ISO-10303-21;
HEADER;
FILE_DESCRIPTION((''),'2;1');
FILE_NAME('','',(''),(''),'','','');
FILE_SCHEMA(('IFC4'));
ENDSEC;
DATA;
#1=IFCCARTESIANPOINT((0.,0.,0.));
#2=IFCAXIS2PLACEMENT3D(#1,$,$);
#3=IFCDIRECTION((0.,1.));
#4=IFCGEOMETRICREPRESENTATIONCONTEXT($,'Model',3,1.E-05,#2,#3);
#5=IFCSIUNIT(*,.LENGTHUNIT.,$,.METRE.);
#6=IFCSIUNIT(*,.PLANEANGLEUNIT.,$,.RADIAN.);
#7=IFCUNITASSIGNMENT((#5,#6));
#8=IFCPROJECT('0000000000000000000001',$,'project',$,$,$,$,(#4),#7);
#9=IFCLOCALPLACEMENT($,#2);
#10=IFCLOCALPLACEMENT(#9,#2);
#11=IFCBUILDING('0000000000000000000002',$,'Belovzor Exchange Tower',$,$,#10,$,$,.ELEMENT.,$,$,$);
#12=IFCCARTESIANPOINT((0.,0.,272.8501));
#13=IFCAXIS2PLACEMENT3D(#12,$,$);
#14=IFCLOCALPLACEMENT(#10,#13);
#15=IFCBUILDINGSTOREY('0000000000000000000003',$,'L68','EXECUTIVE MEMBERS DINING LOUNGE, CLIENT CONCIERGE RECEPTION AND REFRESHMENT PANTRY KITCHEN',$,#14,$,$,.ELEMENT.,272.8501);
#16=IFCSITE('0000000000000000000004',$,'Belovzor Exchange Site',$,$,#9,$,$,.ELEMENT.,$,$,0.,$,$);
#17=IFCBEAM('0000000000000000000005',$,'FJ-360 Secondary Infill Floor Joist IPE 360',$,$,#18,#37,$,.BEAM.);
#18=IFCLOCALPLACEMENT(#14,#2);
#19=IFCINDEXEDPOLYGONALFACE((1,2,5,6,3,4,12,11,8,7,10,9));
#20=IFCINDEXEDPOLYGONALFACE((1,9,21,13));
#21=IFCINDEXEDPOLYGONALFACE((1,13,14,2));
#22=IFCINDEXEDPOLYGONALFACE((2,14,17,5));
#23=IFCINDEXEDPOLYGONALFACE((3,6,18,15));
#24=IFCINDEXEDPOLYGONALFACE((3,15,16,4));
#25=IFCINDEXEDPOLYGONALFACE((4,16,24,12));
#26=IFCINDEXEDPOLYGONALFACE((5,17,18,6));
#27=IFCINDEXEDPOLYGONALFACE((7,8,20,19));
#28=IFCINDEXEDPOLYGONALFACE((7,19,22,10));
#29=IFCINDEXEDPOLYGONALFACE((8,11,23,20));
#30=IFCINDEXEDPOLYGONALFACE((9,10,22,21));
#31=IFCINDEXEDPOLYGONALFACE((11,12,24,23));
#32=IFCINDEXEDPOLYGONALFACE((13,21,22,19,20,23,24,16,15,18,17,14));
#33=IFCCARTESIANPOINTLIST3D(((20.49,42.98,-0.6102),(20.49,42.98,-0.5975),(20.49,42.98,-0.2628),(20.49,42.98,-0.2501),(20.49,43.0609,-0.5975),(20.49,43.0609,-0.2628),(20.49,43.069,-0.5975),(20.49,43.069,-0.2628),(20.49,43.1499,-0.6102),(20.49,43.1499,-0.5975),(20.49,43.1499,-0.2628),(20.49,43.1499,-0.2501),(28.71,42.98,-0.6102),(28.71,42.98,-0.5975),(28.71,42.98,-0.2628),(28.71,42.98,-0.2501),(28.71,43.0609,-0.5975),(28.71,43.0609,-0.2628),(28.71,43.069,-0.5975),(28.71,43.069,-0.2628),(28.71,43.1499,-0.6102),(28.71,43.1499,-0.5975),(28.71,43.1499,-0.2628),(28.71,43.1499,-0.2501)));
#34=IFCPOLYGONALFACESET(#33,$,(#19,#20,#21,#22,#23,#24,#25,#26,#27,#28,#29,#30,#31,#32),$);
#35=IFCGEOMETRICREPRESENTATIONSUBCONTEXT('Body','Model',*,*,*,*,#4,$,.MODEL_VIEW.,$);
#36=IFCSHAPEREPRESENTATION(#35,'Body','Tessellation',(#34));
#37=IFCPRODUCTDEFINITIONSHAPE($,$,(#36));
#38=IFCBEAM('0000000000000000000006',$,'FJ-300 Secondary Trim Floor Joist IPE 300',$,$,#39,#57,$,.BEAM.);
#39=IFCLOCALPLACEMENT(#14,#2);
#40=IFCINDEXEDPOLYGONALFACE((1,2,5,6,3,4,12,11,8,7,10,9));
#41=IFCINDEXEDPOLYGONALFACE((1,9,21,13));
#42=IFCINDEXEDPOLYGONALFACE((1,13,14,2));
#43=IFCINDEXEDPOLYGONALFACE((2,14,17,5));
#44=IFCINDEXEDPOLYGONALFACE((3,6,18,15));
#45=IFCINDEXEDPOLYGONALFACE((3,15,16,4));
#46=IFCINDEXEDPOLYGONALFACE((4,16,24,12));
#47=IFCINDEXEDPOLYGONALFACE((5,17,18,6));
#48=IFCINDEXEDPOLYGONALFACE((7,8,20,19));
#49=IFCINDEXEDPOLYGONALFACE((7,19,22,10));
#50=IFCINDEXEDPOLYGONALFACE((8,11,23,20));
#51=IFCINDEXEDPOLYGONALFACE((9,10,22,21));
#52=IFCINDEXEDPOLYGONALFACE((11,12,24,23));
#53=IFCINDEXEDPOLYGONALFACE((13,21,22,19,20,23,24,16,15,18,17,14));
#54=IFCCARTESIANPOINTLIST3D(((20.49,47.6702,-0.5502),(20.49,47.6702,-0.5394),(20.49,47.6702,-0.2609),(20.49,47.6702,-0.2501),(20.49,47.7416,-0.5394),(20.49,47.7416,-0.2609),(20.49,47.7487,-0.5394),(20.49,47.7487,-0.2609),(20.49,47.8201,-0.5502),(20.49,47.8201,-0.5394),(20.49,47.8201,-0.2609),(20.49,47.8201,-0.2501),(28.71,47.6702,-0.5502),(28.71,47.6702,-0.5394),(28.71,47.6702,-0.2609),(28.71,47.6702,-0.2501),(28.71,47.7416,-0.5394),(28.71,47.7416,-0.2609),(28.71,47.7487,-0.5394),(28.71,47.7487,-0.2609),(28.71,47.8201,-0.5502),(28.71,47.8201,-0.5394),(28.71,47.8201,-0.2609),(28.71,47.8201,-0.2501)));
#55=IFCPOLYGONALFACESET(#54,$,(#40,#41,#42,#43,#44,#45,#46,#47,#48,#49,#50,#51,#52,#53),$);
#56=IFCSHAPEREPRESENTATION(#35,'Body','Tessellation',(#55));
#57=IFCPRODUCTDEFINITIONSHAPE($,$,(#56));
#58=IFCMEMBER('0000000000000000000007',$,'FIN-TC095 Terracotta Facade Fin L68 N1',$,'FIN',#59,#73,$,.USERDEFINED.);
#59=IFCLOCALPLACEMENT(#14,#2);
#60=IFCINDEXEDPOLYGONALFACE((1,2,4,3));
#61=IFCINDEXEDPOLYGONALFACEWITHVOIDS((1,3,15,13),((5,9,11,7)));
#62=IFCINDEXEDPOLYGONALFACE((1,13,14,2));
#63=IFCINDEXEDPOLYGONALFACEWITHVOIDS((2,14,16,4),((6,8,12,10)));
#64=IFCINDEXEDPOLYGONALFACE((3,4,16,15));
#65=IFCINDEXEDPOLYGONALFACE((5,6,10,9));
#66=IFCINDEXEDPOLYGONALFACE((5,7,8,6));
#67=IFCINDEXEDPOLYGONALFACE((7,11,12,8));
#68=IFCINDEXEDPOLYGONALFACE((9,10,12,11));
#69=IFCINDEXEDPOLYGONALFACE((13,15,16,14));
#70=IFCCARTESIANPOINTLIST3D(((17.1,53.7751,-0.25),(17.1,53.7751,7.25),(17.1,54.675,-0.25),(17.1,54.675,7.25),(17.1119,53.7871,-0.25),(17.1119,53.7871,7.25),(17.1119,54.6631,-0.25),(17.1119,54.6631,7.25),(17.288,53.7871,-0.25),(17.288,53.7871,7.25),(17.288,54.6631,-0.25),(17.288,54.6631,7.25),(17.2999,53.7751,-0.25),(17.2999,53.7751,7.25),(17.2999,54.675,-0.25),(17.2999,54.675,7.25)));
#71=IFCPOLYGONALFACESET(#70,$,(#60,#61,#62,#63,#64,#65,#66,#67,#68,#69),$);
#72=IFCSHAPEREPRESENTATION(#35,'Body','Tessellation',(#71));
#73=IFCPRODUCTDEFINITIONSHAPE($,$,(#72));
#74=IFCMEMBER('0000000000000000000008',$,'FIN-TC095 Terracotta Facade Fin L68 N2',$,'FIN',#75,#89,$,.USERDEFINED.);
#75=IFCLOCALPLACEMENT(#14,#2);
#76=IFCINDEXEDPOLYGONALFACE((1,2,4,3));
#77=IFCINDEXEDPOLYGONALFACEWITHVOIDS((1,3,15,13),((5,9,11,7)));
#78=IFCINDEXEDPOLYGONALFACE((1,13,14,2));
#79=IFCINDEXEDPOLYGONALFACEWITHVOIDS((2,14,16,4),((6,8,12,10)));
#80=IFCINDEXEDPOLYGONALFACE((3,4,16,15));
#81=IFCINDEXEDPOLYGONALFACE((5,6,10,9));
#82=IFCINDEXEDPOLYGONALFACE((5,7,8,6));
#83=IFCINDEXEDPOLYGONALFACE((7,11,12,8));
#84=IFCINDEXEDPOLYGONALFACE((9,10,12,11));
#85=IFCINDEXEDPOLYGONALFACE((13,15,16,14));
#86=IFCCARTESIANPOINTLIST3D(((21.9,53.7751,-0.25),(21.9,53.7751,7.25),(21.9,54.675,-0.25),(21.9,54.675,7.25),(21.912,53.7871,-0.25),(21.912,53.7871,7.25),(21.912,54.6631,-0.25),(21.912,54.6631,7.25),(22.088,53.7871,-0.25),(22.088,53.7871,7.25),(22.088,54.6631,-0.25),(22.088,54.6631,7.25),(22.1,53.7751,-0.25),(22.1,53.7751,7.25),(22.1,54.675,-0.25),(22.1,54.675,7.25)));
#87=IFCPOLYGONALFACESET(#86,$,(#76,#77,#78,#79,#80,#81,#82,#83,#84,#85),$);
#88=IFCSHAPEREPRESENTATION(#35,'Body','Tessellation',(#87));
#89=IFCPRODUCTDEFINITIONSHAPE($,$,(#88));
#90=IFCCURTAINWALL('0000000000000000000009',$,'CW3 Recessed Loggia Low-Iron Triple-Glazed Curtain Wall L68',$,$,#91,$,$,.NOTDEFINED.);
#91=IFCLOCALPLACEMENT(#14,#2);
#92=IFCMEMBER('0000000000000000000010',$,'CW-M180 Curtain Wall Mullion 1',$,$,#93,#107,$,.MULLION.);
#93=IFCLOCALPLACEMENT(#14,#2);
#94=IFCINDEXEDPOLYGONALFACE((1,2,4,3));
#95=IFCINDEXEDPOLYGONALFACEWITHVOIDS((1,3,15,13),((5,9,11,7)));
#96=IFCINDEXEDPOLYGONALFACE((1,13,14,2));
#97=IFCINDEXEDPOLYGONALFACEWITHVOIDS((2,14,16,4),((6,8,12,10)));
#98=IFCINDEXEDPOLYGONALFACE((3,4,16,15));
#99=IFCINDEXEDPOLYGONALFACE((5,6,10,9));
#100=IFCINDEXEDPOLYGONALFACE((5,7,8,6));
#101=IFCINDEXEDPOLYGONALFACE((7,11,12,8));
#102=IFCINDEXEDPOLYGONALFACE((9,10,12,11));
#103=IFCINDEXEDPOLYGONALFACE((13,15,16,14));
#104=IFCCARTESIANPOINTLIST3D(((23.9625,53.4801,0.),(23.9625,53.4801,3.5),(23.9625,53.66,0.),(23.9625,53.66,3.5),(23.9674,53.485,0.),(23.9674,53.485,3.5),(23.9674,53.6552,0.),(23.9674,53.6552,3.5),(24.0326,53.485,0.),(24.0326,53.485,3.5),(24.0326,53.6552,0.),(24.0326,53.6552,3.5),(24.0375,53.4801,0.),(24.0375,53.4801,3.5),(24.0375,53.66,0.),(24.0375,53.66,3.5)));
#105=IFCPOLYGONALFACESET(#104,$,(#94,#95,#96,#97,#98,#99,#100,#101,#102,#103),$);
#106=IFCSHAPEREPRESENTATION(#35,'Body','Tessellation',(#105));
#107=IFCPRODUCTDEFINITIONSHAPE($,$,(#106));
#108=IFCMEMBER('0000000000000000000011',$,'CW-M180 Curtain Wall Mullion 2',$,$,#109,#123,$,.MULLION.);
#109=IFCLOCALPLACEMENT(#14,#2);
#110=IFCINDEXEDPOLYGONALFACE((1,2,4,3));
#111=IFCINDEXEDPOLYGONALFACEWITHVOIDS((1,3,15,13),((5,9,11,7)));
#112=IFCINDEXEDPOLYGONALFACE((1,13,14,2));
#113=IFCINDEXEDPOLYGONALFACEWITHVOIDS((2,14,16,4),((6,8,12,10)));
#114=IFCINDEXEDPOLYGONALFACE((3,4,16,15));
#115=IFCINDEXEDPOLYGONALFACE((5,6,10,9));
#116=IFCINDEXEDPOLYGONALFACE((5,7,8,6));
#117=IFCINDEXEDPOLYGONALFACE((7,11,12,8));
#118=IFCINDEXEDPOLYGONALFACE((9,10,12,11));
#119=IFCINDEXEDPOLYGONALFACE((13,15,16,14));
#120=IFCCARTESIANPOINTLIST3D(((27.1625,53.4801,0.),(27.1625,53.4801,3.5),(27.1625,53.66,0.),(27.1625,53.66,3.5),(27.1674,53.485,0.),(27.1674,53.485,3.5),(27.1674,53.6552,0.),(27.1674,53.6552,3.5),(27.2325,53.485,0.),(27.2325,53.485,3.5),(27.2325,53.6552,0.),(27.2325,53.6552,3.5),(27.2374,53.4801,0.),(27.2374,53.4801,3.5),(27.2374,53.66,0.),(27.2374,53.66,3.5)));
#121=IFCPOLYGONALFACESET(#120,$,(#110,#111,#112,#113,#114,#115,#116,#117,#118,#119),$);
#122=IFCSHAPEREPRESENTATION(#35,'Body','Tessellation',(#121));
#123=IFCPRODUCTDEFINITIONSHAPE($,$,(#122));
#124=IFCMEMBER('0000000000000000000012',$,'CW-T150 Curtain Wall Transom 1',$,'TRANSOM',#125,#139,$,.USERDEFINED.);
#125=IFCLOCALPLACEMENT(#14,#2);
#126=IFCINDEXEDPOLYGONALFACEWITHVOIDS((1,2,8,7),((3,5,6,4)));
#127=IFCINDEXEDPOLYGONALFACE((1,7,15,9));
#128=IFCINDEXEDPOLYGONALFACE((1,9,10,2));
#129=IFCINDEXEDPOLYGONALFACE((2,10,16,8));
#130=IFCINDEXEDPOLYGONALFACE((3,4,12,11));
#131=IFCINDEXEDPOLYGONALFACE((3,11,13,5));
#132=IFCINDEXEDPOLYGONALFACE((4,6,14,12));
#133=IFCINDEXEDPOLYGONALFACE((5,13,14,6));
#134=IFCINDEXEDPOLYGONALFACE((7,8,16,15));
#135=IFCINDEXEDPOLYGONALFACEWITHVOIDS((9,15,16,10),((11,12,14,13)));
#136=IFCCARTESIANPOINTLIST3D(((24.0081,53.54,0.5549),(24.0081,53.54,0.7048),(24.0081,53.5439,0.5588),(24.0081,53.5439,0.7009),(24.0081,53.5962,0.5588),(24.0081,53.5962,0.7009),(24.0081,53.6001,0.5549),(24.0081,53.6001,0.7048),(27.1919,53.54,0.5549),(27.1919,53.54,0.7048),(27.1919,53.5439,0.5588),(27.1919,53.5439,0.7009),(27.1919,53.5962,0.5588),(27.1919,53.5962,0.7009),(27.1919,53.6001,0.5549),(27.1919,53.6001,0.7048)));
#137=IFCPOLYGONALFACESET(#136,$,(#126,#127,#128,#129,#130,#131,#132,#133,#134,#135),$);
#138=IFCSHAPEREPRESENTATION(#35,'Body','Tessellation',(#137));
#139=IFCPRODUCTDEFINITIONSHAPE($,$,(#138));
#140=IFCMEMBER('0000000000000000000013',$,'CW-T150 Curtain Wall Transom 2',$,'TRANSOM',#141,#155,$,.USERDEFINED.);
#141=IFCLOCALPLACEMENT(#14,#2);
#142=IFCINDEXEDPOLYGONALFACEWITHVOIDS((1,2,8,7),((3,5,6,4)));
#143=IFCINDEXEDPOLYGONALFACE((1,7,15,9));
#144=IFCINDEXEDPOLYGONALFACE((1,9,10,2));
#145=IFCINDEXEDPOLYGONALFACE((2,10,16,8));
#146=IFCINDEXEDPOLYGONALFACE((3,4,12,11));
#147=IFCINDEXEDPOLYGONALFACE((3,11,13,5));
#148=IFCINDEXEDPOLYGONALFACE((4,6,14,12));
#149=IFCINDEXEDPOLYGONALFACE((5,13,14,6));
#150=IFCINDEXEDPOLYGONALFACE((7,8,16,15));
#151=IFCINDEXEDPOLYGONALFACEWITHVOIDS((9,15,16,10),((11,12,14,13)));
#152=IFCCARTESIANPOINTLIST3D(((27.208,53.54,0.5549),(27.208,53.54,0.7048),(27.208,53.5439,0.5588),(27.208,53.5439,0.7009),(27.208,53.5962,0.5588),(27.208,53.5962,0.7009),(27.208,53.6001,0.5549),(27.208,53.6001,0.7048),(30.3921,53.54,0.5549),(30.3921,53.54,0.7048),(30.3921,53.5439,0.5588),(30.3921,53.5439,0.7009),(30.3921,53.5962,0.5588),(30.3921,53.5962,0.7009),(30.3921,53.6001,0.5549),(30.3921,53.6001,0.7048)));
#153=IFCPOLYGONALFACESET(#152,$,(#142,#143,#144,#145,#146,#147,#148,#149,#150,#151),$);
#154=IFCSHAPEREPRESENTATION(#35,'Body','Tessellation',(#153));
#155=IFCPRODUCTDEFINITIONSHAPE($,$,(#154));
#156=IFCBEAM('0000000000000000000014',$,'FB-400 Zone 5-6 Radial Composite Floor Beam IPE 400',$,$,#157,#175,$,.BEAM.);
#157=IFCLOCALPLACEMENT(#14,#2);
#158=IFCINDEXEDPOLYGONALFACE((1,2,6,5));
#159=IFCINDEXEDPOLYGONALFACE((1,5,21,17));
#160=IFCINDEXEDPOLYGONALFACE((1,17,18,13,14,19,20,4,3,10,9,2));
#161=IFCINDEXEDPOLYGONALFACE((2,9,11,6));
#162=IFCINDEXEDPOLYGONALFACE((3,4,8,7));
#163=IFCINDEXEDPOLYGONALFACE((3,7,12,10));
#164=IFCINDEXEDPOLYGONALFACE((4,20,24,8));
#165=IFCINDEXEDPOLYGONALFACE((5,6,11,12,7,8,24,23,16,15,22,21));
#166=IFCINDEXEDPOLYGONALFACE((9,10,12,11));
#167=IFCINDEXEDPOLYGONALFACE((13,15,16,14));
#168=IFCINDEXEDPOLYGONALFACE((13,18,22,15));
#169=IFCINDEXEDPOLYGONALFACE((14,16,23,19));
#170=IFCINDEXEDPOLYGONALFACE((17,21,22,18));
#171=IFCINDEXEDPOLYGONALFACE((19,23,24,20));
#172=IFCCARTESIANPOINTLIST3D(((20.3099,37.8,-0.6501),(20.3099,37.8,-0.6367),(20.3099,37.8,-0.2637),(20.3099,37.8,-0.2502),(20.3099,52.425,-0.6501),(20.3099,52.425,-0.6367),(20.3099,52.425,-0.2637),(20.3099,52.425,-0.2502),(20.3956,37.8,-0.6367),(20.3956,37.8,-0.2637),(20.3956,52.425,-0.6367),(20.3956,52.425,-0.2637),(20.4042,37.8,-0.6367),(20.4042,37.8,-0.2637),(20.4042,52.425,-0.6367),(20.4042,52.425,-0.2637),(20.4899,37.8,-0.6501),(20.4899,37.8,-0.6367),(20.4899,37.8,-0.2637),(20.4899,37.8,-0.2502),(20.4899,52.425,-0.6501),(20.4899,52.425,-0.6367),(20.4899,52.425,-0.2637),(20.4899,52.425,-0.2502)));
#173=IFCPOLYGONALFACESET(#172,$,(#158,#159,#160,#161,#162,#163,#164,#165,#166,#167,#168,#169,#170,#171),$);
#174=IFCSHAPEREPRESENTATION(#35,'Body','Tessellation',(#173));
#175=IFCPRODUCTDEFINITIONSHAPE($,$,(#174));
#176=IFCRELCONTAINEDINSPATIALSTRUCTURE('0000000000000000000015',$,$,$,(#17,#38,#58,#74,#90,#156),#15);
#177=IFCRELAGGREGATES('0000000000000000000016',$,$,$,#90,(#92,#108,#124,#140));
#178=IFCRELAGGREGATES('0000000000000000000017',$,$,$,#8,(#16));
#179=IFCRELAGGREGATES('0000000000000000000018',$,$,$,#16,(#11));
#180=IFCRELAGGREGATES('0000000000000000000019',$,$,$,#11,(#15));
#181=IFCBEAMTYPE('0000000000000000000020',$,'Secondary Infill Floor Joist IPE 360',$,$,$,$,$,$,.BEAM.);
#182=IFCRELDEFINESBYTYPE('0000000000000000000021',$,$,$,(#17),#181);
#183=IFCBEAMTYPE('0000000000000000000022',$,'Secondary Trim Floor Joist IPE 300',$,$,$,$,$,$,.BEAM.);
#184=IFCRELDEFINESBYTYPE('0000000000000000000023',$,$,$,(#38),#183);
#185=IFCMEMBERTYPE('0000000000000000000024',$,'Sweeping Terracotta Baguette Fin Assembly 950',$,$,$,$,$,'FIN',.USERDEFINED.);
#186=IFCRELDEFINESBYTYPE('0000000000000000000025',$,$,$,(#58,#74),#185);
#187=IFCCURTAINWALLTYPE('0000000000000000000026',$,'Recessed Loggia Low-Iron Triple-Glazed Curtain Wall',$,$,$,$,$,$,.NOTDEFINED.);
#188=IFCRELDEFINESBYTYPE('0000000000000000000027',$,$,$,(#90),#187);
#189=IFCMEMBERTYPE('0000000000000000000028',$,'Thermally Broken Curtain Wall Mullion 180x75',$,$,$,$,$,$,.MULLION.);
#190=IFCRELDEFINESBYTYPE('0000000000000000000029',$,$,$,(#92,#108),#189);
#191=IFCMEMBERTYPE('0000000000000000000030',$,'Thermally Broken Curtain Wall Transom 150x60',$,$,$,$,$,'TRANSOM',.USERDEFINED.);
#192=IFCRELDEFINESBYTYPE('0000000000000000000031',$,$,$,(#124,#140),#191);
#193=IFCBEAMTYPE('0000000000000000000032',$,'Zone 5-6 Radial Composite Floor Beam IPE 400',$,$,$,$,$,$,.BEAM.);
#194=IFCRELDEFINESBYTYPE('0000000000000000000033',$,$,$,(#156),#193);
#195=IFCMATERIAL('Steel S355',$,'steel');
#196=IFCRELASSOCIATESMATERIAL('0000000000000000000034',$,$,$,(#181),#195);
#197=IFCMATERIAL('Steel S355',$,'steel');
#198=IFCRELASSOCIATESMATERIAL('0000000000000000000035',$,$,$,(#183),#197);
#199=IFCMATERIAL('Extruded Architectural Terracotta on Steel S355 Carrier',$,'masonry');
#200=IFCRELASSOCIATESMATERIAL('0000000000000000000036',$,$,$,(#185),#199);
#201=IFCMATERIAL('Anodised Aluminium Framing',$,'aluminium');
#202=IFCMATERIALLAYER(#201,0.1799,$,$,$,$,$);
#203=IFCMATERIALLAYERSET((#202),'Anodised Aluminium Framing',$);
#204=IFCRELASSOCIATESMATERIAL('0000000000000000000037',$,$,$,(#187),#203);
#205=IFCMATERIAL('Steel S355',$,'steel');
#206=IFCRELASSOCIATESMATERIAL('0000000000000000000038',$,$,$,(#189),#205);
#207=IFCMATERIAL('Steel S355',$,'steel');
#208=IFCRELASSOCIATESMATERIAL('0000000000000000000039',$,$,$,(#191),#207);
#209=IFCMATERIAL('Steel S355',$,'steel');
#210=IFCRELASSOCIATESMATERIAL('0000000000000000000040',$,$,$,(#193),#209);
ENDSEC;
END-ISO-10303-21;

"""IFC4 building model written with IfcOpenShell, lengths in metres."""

from ifc_helpers import new_model, si_unit, direction, frame, origin, origin_2d, place, context, subcontext, project, spatial, hollow_rectangle, i_section, extrude, material, layer, layer_set, material_profile, profile_set, type_object, element, aggregate, save


model = new_model("IFC4")

# Units and contexts
model_context = context("Model", 3, precision=1e-05, world=origin(), true_north=direction((0.0, 1.0)))
body_context = subcontext(model_context, "Body", "Model", "MODEL_VIEW")
ifc_project = project(units=[si_unit("LENGTHUNIT", "METRE"), si_unit("PLANEANGLEUNIT", "RADIAN")], contexts=[model_context])

# Site, building, storey
site_placement = place(None, origin())
site = spatial("IfcSite", under=ifc_project, at=site_placement, Name="Belovzor Exchange Site", CompositionType="ELEMENT", RefElevation=0.0)
building_placement = place(site_placement, origin())
building = spatial("IfcBuilding", under=site, at=building_placement, Name="Belovzor Exchange Tower", CompositionType="ELEMENT")
storey_placement = place(building_placement, frame((0.0, 0.0, 272.8501)))
storey = spatial("IfcBuildingStorey", under=building, at=storey_placement, Name="L68", Description="EXECUTIVE MEMBERS DINING LOUNGE, CLIENT CONCIERGE RECEPTION AND REFRESHMENT PANTRY KITCHEN", CompositionType="ELEMENT", Elevation=272.8501)

# Beams
ifc_material_1 = material(Name="Steel S355", Category="steel")
ifc_material_profile_1 = material_profile(ifc_material_1, i_section(OverallWidth=0.1699, OverallDepth=0.3601, WebThickness=0.0081, FlangeThickness=0.0127, at=origin_2d()))
ifc_profile_set_1 = profile_set([ifc_material_profile_1], Name="Steel S355")
beam_type_1 = type_object("IfcBeamType", Name="Secondary Infill Floor Joist IPE 360", PredefinedType="BEAM", material=ifc_profile_set_1)
beam_1_placement = place(storey_placement, frame((20.49, 43.0649, -0.4302), z_axis=(1.0, 0.0, 0.0), x_axis=(0.0, 1.0, 0.0)))
element("IfcBeam", 1, at=beam_1_placement, inside=storey, type_object=beam_type_1, Name="FJ-360 Secondary Infill Floor Joist IPE 360", PredefinedType="BEAM", context=body_context, shape_type="SweptSolid", body=[
    extrude(i_section(OverallWidth=0.1699, OverallDepth=0.3601, WebThickness=0.0081, FlangeThickness=0.0127, at=origin_2d()), origin(), (0.0, 0.0, 1.0), 8.22),
])
ifc_material_2 = material(Name="Steel S355", Category="steel")
ifc_material_profile_2 = material_profile(ifc_material_2, i_section(OverallWidth=0.1499, OverallDepth=0.3, WebThickness=0.0071, FlangeThickness=0.0107, at=origin_2d()))
ifc_profile_set_2 = profile_set([ifc_material_profile_2], Name="Steel S355")
beam_type_2 = type_object("IfcBeamType", Name="Secondary Trim Floor Joist IPE 300", PredefinedType="BEAM", material=ifc_profile_set_2)
beam_2_placement = place(storey_placement, frame((20.49, 47.7451, -0.4001), z_axis=(1.0, 0.0, 0.0), x_axis=(0.0, 1.0, 0.0)))
element("IfcBeam", 2, at=beam_2_placement, inside=storey, type_object=beam_type_2, Name="FJ-300 Secondary Trim Floor Joist IPE 300", PredefinedType="BEAM", context=body_context, shape_type="SweptSolid", body=[
    extrude(i_section(OverallWidth=0.1499, OverallDepth=0.3, WebThickness=0.0071, FlangeThickness=0.0107, at=origin_2d()), origin(), (0.0, 0.0, 1.0), 8.22),
])

# Members
ifc_material_3 = material(Name="Extruded Architectural Terracotta on Steel S355 Carrier", Category="masonry")
ifc_material_profile_3 = material_profile(ifc_material_3, hollow_rectangle(XDim=0.2, YDim=0.8999, WallThickness=0.012, at=origin_2d()))
ifc_profile_set_3 = profile_set([ifc_material_profile_3], Name="Extruded Architectural Terracotta on Steel S355 Carrier")
member_type_1 = type_object("IfcMemberType", Name="Sweeping Terracotta Baguette Fin Assembly 950", ElementType="FIN", PredefinedType="USERDEFINED", material=ifc_profile_set_3)
for number, where, z_axis, x_axis, name in (
    (3, (17.2, 54.2251, -0.25), (0.0, 0.0, 1.0), (1.0, 0.0, 0.0), "FIN-TC095 Terracotta Facade Fin L68 N1"),
    (4, (22.0, 54.2251, -0.25), (0.0, 0.0, 1.0), (1.0, 0.0, 0.0), "FIN-TC095 Terracotta Facade Fin L68 N2"),
):
    element("IfcMember", number, at=place(storey_placement, frame(where, z_axis=z_axis, x_axis=x_axis)), inside=storey, type_object=member_type_1, Name=name, ObjectType="FIN", PredefinedType="USERDEFINED", context=body_context, shape_type="SweptSolid", body=[
        extrude(hollow_rectangle(XDim=0.2, YDim=0.8999, WallThickness=0.012, at=origin_2d()), origin(), (0.0, 0.0, 1.0), 7.5),
    ])

# Curtain wall, members
ifc_material_4 = material(Name="Anodised Aluminium Framing", Category="aluminium")
ifc_layer_1 = layer(ifc_material_4, 0.1799)
ifc_layer_set_1 = layer_set([ifc_layer_1], Name="Anodised Aluminium Framing")
curtain_wall_type = type_object("IfcCurtainWallType", Name="Recessed Loggia Low-Iron Triple-Glazed Curtain Wall", PredefinedType="NOTDEFINED", material=ifc_layer_set_1)
curtain_wall_placement = place(storey_placement, origin())
curtain_wall = element("IfcCurtainWall", 5, at=curtain_wall_placement, inside=storey, type_object=curtain_wall_type, Name="CW3 Recessed Loggia Low-Iron Triple-Glazed Curtain Wall L68", PredefinedType="NOTDEFINED")
ifc_material_5 = material(Name="Steel S355", Category="steel")
ifc_material_profile_4 = material_profile(ifc_material_5, hollow_rectangle(XDim=0.075, YDim=0.1799, WallThickness=0.0049, at=origin_2d()))
ifc_profile_set_4 = profile_set([ifc_material_profile_4], Name="Steel S355")
member_type_2 = type_object("IfcMemberType", Name="Thermally Broken Curtain Wall Mullion 180x75", PredefinedType="MULLION", material=ifc_profile_set_4)
member_1_placement = place(storey_placement, frame((24.0, 53.5701, 0.0), z_axis=(0.0, 0.0, 1.0), x_axis=(1.0, 0.0, 0.0)))
member_1 = element("IfcMember", 6, at=member_1_placement, type_object=member_type_2, Name="CW-M180 Curtain Wall Mullion 1", PredefinedType="MULLION", context=body_context, shape_type="SweptSolid", body=[
    extrude(hollow_rectangle(XDim=0.075, YDim=0.1799, WallThickness=0.0049, at=origin_2d()), origin(), (0.0, 0.0, 1.0), 3.5),
])
member_2_placement = place(storey_placement, frame((27.2, 53.5701, 0.0), z_axis=(0.0, 0.0, 1.0), x_axis=(1.0, 0.0, 0.0)))
member_2 = element("IfcMember", 7, at=member_2_placement, type_object=member_type_2, Name="CW-M180 Curtain Wall Mullion 2", PredefinedType="MULLION", context=body_context, shape_type="SweptSolid", body=[
    extrude(hollow_rectangle(XDim=0.075, YDim=0.1799, WallThickness=0.0049, at=origin_2d()), origin(), (0.0, 0.0, 1.0), 3.5),
])
ifc_material_6 = material(Name="Steel S355", Category="steel")
ifc_material_profile_5 = material_profile(ifc_material_6, hollow_rectangle(XDim=0.0601, YDim=0.1499, WallThickness=0.0039, at=origin_2d()))
ifc_profile_set_5 = profile_set([ifc_material_profile_5], Name="Steel S355")
member_type_3 = type_object("IfcMemberType", Name="Thermally Broken Curtain Wall Transom 150x60", ElementType="TRANSOM", PredefinedType="USERDEFINED", material=ifc_profile_set_5)
member_3_placement = place(storey_placement, frame((24.0081, 53.5701, 0.6299), z_axis=(1.0, 0.0, 0.0), x_axis=(0.0, 1.0, 0.0)))
member_3 = element("IfcMember", 8, at=member_3_placement, type_object=member_type_3, Name="CW-T150 Curtain Wall Transom 1", ObjectType="TRANSOM", PredefinedType="USERDEFINED", context=body_context, shape_type="SweptSolid", body=[
    extrude(hollow_rectangle(XDim=0.0601, YDim=0.1499, WallThickness=0.0039, at=origin_2d()), origin(), (0.0, 0.0, 1.0), 3.1838),
])
member_4_placement = place(storey_placement, frame((27.208, 53.5701, 0.6299), z_axis=(1.0, 0.0, 0.0), x_axis=(0.0, 1.0, 0.0)))
member_4 = element("IfcMember", 9, at=member_4_placement, type_object=member_type_3, Name="CW-T150 Curtain Wall Transom 2", ObjectType="TRANSOM", PredefinedType="USERDEFINED", context=body_context, shape_type="SweptSolid", body=[
    extrude(hollow_rectangle(XDim=0.0601, YDim=0.1499, WallThickness=0.0039, at=origin_2d()), origin(), (0.0, 0.0, 1.0), 3.1841),
])

# Beam
ifc_material_7 = material(Name="Steel S355", Category="steel")
ifc_material_profile_6 = material_profile(ifc_material_7, i_section(OverallWidth=0.1799, OverallDepth=0.3999, WebThickness=0.0085, FlangeThickness=0.0134, at=origin_2d()))
ifc_profile_set_6 = profile_set([ifc_material_profile_6], Name="Steel S355")
beam_type_3 = type_object("IfcBeamType", Name="Zone 5-6 Radial Composite Floor Beam IPE 400", PredefinedType="BEAM", material=ifc_profile_set_6)
for number, where, z_axis, x_axis, name in (
    (10, (20.3999, 37.8, -0.4502), (0.0, 1.0, 0.0), (-1.0, 0.0, 0.0), "FB-400 Zone 5-6 Radial Composite Floor Beam IPE 400"),
):
    element("IfcBeam", number, at=place(storey_placement, frame(where, z_axis=z_axis, x_axis=x_axis)), inside=storey, type_object=beam_type_3, Name=name, PredefinedType="BEAM", context=body_context, shape_type="SweptSolid", body=[
        extrude(i_section(OverallWidth=0.1799, OverallDepth=0.3999, WebThickness=0.0085, FlangeThickness=0.0134, at=origin_2d()), origin(), (0.0, 0.0, 1.0), 14.625),
    ])

aggregate(curtain_wall, [member_1, member_2, member_3, member_4])

save(model, "model.ifc")
